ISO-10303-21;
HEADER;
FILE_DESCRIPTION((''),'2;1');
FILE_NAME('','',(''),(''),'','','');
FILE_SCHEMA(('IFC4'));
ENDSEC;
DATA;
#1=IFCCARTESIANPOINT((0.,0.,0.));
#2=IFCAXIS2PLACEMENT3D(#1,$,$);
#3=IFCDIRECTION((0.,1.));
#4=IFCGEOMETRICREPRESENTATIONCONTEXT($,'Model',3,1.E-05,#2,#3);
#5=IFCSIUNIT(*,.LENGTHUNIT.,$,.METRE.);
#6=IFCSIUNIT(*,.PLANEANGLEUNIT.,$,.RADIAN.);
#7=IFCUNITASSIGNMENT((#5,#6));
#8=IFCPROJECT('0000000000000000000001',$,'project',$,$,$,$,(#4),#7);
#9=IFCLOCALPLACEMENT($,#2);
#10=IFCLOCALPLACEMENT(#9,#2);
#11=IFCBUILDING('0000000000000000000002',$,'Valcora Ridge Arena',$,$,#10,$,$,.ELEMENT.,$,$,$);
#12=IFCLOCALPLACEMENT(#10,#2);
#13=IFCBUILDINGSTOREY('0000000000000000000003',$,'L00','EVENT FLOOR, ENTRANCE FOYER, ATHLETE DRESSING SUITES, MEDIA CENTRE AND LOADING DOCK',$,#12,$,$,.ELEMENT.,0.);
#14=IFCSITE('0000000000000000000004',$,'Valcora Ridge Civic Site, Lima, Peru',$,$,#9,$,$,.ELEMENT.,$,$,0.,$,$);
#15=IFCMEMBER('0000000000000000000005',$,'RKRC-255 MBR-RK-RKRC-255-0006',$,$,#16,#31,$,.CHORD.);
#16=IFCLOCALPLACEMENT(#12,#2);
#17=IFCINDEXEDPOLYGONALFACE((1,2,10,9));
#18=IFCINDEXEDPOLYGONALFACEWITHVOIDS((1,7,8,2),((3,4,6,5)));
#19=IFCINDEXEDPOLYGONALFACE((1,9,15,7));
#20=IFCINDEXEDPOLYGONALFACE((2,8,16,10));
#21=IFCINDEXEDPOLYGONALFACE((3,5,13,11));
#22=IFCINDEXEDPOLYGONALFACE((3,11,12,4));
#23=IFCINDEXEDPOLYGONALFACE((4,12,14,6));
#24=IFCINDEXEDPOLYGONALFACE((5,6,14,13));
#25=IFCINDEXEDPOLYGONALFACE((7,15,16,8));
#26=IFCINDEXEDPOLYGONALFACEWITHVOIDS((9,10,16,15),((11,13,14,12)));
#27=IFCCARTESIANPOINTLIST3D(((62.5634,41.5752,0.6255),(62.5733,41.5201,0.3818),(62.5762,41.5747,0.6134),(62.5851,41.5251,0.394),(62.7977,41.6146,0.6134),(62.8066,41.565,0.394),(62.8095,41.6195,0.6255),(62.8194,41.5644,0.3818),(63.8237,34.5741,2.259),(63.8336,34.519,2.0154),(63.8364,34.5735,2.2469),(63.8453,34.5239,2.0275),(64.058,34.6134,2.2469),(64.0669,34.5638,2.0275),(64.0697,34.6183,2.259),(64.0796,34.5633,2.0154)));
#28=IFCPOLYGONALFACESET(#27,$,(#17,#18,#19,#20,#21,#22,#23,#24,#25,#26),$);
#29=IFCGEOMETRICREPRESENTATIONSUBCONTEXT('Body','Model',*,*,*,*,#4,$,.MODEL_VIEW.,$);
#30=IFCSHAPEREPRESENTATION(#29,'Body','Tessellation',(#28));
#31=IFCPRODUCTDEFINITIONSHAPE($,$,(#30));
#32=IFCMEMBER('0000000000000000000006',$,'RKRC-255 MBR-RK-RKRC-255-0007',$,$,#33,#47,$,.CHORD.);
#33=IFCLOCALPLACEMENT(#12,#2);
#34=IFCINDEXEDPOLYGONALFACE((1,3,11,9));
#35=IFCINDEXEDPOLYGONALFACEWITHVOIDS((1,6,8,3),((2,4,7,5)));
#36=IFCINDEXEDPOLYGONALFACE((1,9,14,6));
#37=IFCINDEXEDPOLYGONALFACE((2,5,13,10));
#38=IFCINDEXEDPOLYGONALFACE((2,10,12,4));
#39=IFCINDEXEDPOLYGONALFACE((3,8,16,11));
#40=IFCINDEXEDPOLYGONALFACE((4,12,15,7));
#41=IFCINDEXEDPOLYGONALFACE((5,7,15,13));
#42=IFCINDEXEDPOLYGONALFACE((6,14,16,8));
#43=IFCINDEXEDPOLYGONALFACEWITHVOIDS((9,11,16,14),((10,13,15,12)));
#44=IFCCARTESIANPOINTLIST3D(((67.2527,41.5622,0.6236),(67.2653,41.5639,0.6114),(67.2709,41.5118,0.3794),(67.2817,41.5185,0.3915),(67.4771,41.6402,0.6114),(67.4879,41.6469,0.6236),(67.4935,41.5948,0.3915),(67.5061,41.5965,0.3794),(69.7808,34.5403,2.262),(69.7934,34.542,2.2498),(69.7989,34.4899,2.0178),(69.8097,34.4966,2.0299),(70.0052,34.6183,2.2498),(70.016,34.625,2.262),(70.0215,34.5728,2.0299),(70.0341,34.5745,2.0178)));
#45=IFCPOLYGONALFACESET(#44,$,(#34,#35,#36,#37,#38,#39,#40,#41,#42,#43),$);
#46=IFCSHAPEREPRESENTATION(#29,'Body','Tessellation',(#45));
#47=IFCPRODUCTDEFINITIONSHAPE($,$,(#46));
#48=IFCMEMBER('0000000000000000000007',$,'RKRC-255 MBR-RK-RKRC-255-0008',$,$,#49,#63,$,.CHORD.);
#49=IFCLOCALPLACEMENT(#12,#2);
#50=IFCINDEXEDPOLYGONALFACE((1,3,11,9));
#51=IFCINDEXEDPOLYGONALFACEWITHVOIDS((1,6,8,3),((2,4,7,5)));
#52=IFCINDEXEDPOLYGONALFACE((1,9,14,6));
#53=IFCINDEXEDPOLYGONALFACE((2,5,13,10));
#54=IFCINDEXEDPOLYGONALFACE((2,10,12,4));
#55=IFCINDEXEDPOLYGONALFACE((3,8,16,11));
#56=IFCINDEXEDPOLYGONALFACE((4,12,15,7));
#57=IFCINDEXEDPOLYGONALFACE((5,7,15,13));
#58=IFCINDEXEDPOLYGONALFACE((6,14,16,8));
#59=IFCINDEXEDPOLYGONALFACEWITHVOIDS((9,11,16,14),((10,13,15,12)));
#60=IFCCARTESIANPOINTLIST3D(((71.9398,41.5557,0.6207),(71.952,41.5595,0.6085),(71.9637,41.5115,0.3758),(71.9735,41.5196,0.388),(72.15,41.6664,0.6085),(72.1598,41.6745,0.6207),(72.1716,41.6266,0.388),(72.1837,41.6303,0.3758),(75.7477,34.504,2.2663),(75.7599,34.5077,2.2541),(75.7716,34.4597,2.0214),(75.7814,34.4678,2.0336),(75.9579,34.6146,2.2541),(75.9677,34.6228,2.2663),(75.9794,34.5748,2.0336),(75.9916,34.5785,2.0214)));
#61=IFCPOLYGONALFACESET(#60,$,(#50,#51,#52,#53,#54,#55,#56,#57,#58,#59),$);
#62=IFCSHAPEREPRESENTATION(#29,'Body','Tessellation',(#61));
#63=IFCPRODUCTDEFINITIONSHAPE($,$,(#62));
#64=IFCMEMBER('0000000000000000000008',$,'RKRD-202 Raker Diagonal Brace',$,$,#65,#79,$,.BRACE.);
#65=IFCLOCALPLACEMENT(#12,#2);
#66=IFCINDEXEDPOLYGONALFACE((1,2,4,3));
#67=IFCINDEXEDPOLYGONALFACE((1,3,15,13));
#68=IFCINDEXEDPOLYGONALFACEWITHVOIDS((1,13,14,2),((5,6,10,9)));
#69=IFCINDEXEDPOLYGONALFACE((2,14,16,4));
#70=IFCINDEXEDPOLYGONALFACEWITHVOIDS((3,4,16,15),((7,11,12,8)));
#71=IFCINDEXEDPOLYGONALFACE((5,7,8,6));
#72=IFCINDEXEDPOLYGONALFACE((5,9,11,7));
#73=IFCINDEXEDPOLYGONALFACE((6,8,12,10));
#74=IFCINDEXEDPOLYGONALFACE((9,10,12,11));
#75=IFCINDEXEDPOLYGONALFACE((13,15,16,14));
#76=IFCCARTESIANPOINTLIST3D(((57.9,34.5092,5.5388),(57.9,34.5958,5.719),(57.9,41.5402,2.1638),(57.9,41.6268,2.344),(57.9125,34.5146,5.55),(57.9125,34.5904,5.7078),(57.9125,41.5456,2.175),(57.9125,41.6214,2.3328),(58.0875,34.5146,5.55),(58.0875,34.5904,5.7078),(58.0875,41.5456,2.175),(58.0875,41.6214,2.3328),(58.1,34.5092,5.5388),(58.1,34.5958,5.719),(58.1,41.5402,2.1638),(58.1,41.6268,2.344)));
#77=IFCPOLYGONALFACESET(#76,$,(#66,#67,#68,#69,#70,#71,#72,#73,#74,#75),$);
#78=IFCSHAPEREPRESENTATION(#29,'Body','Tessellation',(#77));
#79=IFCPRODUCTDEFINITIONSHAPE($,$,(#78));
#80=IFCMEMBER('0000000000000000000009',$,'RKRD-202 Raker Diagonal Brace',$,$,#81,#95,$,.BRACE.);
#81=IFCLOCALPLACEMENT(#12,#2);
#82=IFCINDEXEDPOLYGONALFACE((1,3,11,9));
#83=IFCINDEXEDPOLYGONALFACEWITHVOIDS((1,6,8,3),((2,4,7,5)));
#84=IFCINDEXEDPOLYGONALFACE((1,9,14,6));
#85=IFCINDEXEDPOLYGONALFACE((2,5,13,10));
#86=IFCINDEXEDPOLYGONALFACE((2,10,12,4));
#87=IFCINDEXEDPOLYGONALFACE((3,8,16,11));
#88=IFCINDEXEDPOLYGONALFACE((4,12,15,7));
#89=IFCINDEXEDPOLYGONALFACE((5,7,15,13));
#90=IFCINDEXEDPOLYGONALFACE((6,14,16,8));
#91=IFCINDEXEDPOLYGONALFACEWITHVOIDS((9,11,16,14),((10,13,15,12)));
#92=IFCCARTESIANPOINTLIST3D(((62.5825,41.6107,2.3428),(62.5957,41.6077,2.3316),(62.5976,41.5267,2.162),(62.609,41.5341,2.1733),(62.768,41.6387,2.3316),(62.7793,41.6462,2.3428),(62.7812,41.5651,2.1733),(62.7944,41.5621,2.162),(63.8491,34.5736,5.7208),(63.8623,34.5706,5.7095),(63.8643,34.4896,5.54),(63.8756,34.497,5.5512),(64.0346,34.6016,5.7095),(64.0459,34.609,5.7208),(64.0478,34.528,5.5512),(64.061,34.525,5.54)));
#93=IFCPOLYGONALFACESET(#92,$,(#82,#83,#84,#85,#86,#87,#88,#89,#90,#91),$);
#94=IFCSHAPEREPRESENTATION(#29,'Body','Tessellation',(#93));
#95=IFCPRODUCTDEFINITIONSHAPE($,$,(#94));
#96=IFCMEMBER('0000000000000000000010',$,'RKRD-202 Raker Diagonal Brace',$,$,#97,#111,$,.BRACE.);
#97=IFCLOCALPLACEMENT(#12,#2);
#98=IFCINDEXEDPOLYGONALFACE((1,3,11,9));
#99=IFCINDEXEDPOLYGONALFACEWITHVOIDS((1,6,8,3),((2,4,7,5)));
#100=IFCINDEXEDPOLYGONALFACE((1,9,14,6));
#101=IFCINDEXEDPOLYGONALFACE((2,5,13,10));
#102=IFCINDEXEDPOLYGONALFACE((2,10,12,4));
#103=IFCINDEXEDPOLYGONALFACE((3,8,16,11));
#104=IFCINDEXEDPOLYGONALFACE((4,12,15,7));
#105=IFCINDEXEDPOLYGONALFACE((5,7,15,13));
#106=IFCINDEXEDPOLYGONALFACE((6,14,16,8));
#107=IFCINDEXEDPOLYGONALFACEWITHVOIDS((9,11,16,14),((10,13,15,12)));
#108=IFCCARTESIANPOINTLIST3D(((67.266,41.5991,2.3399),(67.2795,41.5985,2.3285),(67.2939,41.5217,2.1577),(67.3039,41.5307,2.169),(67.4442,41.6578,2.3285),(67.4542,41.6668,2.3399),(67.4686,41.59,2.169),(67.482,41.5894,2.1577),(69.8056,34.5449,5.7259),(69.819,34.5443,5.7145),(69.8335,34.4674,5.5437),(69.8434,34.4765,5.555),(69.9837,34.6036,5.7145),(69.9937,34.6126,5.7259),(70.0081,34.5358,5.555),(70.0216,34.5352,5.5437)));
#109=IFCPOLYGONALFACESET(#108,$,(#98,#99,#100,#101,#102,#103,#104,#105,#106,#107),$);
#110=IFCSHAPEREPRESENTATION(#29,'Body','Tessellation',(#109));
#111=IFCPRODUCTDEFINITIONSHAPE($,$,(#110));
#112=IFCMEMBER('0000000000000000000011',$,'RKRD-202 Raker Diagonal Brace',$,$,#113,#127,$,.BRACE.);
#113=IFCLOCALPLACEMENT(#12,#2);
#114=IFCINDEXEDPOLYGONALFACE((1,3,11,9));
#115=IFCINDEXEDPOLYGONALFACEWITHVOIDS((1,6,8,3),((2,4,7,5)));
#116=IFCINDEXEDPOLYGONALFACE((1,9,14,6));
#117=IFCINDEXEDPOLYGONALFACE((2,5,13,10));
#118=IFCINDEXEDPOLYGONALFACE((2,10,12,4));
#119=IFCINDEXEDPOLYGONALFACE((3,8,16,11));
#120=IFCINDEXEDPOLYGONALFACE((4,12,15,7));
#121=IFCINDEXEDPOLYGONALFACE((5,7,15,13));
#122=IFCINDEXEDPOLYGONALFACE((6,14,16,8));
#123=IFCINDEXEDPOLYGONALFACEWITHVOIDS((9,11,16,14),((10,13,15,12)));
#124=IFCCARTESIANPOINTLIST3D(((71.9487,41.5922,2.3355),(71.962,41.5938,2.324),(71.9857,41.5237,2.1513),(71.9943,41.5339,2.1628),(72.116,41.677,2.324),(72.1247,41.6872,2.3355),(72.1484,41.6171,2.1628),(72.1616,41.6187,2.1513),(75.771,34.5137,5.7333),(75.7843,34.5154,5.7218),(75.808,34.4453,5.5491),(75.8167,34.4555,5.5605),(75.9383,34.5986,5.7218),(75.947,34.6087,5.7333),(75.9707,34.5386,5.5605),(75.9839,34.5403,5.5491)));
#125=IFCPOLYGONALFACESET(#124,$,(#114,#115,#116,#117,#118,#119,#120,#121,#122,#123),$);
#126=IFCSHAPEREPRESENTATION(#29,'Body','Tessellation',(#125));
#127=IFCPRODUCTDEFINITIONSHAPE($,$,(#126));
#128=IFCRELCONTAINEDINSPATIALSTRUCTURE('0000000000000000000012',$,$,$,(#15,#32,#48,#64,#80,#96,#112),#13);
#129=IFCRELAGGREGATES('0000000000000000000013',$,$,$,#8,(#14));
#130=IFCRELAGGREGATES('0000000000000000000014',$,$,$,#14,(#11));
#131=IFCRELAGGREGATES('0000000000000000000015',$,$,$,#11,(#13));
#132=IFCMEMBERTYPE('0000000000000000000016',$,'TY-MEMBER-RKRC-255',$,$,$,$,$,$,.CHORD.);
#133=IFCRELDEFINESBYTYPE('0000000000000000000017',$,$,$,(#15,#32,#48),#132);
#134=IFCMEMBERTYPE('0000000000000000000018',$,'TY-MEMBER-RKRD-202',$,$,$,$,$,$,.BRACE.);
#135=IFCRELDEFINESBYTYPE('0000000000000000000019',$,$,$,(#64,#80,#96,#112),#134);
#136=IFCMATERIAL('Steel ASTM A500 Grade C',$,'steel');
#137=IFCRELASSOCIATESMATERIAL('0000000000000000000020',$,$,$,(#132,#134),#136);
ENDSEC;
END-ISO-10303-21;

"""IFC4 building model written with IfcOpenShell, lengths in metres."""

from ifc_helpers import new_model, si_unit, direction, frame, origin, origin_2d, place, context, subcontext, project, spatial, hollow_rectangle, extrude, material, material_profile, profile_set, type_object, element, save


model = new_model("IFC4")

# Units and contexts
model_context = context("Model", 3, precision=1e-05, world=origin(), true_north=direction((0.0, 1.0)))
body_context = subcontext(model_context, "Body", "Model", "MODEL_VIEW")
ifc_project = project(units=[si_unit("LENGTHUNIT", "METRE"), si_unit("PLANEANGLEUNIT", "RADIAN")], contexts=[model_context])

# Site, building, storey
site_placement = place(None, origin())
site = spatial("IfcSite", under=ifc_project, at=site_placement, Name="Valcora Ridge Civic Site, Lima, Peru", CompositionType="ELEMENT", RefElevation=0.0)
building_placement = place(site_placement, origin())
building = spatial("IfcBuilding", under=site, at=building_placement, Name="Valcora Ridge Arena", CompositionType="ELEMENT")
storey_placement = place(building_placement, origin())
storey = spatial("IfcBuildingStorey", under=building, at=storey_placement, Name="L00", Description="EVENT FLOOR, ENTRANCE FOYER, ATHLETE DRESSING SUITES, MEDIA CENTRE AND LOADING DOCK", CompositionType="ELEMENT", Elevation=0.0)

# Members
ifc_material_1 = material(Name="Steel ASTM A500 Grade C", Category="steel")
ifc_material_profile_1 = material_profile(ifc_material_1, hollow_rectangle(XDim=0.25, YDim=0.25, WallThickness=0.0125, at=origin_2d()), Name="HSS250X250X12")
ifc_profile_set_1 = profile_set([ifc_material_profile_1], Name="Steel ASTM A500 Grade C")
member_type_1 = type_object("IfcMemberType", Name="TY-MEMBER-RKRC-255", PredefinedType="CHORD", material=ifc_profile_set_1)
member_1_placement = place(storey_placement, frame((62.6914, 41.5698, 0.5037), z_axis=(0.172664, -0.959217, 0.223807), x_axis=(0.984182, 0.177158, 0.0)))
element("IfcMember", 1, at=member_1_placement, inside=storey, type_object=member_type_1, Name="RKRC-255 MBR-RK-RKRC-255-0006", PredefinedType="CHORD", context=body_context, shape_type="SweptSolid", body=[
    extrude(hollow_rectangle(XDim=0.25, YDim=0.25, WallThickness=0.0125, at=origin_2d()), origin(), (0.0, 0.0, 1.0), 7.2988),
])
member_2_placement = place(storey_placement, frame((67.3794, 41.5793, 0.5015), z_axis=(0.33086, -0.918995, 0.214428), x_axis=(0.94088, 0.338739, 0.0)))
element("IfcMember", 2, at=member_2_placement, inside=storey, type_object=member_type_1, Name="RKRC-255 MBR-RK-RKRC-255-0007", PredefinedType="CHORD", context=body_context, shape_type="SweptSolid", body=[
    extrude(hollow_rectangle(XDim=0.25, YDim=0.25, WallThickness=0.0125, at=origin_2d()), origin(), (0.0, 0.0, 1.0), 7.6409),
])
member_3_placement = place(storey_placement, frame((72.0618, 41.593, 0.4983), z_axis=(0.465431, -0.861929, 0.201129), x_axis=(0.87991, 0.47514, 0.0)))
element("IfcMember", 3, at=member_3_placement, inside=storey, type_object=member_type_1, Name="RKRC-255 MBR-RK-RKRC-255-0008", PredefinedType="CHORD", context=body_context, shape_type="SweptSolid", body=[
    extrude(hollow_rectangle(XDim=0.25, YDim=0.25, WallThickness=0.0125, at=origin_2d()), origin(), (0.0, 0.0, 1.0), 8.1814),
])
ifc_material_profile_2 = material_profile(ifc_material_1, hollow_rectangle(XDim=0.2, YDim=0.2, WallThickness=0.0125, at=origin_2d()), Name="HSS200X200X12")
ifc_profile_set_2 = profile_set([ifc_material_profile_2], Name="Steel ASTM A500 Grade C")
member_type_2 = type_object("IfcMemberType", Name="TY-MEMBER-RKRD-202", PredefinedType="BRACE", material=ifc_profile_set_2)
member_4_placement = place(storey_placement, frame((58.0, 41.5835, 2.2539), z_axis=(0.0, -0.901517, 0.432743), x_axis=(1.0, 0.0, 0.0)))
element("IfcMember", 4, at=member_4_placement, inside=storey, type_object=member_type_2, Name="RKRD-202 Raker Diagonal Brace", PredefinedType="BRACE", context=body_context, shape_type="SweptSolid", body=[
    extrude(hollow_rectangle(XDim=0.2, YDim=0.2, WallThickness=0.0125, at=origin_2d()), origin(), (0.0, 0.0, 1.0), 7.7991),
])
member_5_placement = place(storey_placement, frame((62.6885, 41.5864, 2.2524), z_axis=(0.160168, -0.889878, 0.427156), x_axis=(0.984185, 0.177142, 0.0)))
element("IfcMember", 5, at=member_5_placement, inside=storey, type_object=member_type_2, Name="RKRD-202 Raker Diagonal Brace", PredefinedType="BRACE", context=body_context, shape_type="SweptSolid", body=[
    extrude(hollow_rectangle(XDim=0.2, YDim=0.2, WallThickness=0.0125, at=origin_2d()), origin(), (0.0, 0.0, 1.0), 7.908),
])
member_6_placement = place(storey_placement, frame((67.374, 41.5942, 2.2488), z_axis=(0.308702, -0.857493, 0.411593), x_axis=(0.940886, 0.338724, 0.0)))
element("IfcMember", 6, at=member_6_placement, inside=storey, type_object=member_type_2, Name="RKRD-202 Raker Diagonal Brace", PredefinedType="BRACE", context=body_context, shape_type="SweptSolid", body=[
    extrude(hollow_rectangle(XDim=0.2, YDim=0.2, WallThickness=0.0125, at=origin_2d()), origin(), (0.0, 0.0, 1.0), 8.2266),
])
member_7_placement = place(storey_placement, frame((72.0552, 41.6055, 2.2434), z_axis=(0.437703, -0.810573, 0.389085), x_axis=(0.879908, 0.475144, 0.0)))
element("IfcMember", 7, at=member_7_placement, inside=storey, type_object=member_type_2, Name="RKRD-202 Raker Diagonal Brace", PredefinedType="BRACE", context=body_context, shape_type="SweptSolid", body=[
    extrude(hollow_rectangle(XDim=0.2, YDim=0.2, WallThickness=0.0125, at=origin_2d()), origin(), (0.0, 0.0, 1.0), 8.7327),
])

save(model, "model.ifc")
